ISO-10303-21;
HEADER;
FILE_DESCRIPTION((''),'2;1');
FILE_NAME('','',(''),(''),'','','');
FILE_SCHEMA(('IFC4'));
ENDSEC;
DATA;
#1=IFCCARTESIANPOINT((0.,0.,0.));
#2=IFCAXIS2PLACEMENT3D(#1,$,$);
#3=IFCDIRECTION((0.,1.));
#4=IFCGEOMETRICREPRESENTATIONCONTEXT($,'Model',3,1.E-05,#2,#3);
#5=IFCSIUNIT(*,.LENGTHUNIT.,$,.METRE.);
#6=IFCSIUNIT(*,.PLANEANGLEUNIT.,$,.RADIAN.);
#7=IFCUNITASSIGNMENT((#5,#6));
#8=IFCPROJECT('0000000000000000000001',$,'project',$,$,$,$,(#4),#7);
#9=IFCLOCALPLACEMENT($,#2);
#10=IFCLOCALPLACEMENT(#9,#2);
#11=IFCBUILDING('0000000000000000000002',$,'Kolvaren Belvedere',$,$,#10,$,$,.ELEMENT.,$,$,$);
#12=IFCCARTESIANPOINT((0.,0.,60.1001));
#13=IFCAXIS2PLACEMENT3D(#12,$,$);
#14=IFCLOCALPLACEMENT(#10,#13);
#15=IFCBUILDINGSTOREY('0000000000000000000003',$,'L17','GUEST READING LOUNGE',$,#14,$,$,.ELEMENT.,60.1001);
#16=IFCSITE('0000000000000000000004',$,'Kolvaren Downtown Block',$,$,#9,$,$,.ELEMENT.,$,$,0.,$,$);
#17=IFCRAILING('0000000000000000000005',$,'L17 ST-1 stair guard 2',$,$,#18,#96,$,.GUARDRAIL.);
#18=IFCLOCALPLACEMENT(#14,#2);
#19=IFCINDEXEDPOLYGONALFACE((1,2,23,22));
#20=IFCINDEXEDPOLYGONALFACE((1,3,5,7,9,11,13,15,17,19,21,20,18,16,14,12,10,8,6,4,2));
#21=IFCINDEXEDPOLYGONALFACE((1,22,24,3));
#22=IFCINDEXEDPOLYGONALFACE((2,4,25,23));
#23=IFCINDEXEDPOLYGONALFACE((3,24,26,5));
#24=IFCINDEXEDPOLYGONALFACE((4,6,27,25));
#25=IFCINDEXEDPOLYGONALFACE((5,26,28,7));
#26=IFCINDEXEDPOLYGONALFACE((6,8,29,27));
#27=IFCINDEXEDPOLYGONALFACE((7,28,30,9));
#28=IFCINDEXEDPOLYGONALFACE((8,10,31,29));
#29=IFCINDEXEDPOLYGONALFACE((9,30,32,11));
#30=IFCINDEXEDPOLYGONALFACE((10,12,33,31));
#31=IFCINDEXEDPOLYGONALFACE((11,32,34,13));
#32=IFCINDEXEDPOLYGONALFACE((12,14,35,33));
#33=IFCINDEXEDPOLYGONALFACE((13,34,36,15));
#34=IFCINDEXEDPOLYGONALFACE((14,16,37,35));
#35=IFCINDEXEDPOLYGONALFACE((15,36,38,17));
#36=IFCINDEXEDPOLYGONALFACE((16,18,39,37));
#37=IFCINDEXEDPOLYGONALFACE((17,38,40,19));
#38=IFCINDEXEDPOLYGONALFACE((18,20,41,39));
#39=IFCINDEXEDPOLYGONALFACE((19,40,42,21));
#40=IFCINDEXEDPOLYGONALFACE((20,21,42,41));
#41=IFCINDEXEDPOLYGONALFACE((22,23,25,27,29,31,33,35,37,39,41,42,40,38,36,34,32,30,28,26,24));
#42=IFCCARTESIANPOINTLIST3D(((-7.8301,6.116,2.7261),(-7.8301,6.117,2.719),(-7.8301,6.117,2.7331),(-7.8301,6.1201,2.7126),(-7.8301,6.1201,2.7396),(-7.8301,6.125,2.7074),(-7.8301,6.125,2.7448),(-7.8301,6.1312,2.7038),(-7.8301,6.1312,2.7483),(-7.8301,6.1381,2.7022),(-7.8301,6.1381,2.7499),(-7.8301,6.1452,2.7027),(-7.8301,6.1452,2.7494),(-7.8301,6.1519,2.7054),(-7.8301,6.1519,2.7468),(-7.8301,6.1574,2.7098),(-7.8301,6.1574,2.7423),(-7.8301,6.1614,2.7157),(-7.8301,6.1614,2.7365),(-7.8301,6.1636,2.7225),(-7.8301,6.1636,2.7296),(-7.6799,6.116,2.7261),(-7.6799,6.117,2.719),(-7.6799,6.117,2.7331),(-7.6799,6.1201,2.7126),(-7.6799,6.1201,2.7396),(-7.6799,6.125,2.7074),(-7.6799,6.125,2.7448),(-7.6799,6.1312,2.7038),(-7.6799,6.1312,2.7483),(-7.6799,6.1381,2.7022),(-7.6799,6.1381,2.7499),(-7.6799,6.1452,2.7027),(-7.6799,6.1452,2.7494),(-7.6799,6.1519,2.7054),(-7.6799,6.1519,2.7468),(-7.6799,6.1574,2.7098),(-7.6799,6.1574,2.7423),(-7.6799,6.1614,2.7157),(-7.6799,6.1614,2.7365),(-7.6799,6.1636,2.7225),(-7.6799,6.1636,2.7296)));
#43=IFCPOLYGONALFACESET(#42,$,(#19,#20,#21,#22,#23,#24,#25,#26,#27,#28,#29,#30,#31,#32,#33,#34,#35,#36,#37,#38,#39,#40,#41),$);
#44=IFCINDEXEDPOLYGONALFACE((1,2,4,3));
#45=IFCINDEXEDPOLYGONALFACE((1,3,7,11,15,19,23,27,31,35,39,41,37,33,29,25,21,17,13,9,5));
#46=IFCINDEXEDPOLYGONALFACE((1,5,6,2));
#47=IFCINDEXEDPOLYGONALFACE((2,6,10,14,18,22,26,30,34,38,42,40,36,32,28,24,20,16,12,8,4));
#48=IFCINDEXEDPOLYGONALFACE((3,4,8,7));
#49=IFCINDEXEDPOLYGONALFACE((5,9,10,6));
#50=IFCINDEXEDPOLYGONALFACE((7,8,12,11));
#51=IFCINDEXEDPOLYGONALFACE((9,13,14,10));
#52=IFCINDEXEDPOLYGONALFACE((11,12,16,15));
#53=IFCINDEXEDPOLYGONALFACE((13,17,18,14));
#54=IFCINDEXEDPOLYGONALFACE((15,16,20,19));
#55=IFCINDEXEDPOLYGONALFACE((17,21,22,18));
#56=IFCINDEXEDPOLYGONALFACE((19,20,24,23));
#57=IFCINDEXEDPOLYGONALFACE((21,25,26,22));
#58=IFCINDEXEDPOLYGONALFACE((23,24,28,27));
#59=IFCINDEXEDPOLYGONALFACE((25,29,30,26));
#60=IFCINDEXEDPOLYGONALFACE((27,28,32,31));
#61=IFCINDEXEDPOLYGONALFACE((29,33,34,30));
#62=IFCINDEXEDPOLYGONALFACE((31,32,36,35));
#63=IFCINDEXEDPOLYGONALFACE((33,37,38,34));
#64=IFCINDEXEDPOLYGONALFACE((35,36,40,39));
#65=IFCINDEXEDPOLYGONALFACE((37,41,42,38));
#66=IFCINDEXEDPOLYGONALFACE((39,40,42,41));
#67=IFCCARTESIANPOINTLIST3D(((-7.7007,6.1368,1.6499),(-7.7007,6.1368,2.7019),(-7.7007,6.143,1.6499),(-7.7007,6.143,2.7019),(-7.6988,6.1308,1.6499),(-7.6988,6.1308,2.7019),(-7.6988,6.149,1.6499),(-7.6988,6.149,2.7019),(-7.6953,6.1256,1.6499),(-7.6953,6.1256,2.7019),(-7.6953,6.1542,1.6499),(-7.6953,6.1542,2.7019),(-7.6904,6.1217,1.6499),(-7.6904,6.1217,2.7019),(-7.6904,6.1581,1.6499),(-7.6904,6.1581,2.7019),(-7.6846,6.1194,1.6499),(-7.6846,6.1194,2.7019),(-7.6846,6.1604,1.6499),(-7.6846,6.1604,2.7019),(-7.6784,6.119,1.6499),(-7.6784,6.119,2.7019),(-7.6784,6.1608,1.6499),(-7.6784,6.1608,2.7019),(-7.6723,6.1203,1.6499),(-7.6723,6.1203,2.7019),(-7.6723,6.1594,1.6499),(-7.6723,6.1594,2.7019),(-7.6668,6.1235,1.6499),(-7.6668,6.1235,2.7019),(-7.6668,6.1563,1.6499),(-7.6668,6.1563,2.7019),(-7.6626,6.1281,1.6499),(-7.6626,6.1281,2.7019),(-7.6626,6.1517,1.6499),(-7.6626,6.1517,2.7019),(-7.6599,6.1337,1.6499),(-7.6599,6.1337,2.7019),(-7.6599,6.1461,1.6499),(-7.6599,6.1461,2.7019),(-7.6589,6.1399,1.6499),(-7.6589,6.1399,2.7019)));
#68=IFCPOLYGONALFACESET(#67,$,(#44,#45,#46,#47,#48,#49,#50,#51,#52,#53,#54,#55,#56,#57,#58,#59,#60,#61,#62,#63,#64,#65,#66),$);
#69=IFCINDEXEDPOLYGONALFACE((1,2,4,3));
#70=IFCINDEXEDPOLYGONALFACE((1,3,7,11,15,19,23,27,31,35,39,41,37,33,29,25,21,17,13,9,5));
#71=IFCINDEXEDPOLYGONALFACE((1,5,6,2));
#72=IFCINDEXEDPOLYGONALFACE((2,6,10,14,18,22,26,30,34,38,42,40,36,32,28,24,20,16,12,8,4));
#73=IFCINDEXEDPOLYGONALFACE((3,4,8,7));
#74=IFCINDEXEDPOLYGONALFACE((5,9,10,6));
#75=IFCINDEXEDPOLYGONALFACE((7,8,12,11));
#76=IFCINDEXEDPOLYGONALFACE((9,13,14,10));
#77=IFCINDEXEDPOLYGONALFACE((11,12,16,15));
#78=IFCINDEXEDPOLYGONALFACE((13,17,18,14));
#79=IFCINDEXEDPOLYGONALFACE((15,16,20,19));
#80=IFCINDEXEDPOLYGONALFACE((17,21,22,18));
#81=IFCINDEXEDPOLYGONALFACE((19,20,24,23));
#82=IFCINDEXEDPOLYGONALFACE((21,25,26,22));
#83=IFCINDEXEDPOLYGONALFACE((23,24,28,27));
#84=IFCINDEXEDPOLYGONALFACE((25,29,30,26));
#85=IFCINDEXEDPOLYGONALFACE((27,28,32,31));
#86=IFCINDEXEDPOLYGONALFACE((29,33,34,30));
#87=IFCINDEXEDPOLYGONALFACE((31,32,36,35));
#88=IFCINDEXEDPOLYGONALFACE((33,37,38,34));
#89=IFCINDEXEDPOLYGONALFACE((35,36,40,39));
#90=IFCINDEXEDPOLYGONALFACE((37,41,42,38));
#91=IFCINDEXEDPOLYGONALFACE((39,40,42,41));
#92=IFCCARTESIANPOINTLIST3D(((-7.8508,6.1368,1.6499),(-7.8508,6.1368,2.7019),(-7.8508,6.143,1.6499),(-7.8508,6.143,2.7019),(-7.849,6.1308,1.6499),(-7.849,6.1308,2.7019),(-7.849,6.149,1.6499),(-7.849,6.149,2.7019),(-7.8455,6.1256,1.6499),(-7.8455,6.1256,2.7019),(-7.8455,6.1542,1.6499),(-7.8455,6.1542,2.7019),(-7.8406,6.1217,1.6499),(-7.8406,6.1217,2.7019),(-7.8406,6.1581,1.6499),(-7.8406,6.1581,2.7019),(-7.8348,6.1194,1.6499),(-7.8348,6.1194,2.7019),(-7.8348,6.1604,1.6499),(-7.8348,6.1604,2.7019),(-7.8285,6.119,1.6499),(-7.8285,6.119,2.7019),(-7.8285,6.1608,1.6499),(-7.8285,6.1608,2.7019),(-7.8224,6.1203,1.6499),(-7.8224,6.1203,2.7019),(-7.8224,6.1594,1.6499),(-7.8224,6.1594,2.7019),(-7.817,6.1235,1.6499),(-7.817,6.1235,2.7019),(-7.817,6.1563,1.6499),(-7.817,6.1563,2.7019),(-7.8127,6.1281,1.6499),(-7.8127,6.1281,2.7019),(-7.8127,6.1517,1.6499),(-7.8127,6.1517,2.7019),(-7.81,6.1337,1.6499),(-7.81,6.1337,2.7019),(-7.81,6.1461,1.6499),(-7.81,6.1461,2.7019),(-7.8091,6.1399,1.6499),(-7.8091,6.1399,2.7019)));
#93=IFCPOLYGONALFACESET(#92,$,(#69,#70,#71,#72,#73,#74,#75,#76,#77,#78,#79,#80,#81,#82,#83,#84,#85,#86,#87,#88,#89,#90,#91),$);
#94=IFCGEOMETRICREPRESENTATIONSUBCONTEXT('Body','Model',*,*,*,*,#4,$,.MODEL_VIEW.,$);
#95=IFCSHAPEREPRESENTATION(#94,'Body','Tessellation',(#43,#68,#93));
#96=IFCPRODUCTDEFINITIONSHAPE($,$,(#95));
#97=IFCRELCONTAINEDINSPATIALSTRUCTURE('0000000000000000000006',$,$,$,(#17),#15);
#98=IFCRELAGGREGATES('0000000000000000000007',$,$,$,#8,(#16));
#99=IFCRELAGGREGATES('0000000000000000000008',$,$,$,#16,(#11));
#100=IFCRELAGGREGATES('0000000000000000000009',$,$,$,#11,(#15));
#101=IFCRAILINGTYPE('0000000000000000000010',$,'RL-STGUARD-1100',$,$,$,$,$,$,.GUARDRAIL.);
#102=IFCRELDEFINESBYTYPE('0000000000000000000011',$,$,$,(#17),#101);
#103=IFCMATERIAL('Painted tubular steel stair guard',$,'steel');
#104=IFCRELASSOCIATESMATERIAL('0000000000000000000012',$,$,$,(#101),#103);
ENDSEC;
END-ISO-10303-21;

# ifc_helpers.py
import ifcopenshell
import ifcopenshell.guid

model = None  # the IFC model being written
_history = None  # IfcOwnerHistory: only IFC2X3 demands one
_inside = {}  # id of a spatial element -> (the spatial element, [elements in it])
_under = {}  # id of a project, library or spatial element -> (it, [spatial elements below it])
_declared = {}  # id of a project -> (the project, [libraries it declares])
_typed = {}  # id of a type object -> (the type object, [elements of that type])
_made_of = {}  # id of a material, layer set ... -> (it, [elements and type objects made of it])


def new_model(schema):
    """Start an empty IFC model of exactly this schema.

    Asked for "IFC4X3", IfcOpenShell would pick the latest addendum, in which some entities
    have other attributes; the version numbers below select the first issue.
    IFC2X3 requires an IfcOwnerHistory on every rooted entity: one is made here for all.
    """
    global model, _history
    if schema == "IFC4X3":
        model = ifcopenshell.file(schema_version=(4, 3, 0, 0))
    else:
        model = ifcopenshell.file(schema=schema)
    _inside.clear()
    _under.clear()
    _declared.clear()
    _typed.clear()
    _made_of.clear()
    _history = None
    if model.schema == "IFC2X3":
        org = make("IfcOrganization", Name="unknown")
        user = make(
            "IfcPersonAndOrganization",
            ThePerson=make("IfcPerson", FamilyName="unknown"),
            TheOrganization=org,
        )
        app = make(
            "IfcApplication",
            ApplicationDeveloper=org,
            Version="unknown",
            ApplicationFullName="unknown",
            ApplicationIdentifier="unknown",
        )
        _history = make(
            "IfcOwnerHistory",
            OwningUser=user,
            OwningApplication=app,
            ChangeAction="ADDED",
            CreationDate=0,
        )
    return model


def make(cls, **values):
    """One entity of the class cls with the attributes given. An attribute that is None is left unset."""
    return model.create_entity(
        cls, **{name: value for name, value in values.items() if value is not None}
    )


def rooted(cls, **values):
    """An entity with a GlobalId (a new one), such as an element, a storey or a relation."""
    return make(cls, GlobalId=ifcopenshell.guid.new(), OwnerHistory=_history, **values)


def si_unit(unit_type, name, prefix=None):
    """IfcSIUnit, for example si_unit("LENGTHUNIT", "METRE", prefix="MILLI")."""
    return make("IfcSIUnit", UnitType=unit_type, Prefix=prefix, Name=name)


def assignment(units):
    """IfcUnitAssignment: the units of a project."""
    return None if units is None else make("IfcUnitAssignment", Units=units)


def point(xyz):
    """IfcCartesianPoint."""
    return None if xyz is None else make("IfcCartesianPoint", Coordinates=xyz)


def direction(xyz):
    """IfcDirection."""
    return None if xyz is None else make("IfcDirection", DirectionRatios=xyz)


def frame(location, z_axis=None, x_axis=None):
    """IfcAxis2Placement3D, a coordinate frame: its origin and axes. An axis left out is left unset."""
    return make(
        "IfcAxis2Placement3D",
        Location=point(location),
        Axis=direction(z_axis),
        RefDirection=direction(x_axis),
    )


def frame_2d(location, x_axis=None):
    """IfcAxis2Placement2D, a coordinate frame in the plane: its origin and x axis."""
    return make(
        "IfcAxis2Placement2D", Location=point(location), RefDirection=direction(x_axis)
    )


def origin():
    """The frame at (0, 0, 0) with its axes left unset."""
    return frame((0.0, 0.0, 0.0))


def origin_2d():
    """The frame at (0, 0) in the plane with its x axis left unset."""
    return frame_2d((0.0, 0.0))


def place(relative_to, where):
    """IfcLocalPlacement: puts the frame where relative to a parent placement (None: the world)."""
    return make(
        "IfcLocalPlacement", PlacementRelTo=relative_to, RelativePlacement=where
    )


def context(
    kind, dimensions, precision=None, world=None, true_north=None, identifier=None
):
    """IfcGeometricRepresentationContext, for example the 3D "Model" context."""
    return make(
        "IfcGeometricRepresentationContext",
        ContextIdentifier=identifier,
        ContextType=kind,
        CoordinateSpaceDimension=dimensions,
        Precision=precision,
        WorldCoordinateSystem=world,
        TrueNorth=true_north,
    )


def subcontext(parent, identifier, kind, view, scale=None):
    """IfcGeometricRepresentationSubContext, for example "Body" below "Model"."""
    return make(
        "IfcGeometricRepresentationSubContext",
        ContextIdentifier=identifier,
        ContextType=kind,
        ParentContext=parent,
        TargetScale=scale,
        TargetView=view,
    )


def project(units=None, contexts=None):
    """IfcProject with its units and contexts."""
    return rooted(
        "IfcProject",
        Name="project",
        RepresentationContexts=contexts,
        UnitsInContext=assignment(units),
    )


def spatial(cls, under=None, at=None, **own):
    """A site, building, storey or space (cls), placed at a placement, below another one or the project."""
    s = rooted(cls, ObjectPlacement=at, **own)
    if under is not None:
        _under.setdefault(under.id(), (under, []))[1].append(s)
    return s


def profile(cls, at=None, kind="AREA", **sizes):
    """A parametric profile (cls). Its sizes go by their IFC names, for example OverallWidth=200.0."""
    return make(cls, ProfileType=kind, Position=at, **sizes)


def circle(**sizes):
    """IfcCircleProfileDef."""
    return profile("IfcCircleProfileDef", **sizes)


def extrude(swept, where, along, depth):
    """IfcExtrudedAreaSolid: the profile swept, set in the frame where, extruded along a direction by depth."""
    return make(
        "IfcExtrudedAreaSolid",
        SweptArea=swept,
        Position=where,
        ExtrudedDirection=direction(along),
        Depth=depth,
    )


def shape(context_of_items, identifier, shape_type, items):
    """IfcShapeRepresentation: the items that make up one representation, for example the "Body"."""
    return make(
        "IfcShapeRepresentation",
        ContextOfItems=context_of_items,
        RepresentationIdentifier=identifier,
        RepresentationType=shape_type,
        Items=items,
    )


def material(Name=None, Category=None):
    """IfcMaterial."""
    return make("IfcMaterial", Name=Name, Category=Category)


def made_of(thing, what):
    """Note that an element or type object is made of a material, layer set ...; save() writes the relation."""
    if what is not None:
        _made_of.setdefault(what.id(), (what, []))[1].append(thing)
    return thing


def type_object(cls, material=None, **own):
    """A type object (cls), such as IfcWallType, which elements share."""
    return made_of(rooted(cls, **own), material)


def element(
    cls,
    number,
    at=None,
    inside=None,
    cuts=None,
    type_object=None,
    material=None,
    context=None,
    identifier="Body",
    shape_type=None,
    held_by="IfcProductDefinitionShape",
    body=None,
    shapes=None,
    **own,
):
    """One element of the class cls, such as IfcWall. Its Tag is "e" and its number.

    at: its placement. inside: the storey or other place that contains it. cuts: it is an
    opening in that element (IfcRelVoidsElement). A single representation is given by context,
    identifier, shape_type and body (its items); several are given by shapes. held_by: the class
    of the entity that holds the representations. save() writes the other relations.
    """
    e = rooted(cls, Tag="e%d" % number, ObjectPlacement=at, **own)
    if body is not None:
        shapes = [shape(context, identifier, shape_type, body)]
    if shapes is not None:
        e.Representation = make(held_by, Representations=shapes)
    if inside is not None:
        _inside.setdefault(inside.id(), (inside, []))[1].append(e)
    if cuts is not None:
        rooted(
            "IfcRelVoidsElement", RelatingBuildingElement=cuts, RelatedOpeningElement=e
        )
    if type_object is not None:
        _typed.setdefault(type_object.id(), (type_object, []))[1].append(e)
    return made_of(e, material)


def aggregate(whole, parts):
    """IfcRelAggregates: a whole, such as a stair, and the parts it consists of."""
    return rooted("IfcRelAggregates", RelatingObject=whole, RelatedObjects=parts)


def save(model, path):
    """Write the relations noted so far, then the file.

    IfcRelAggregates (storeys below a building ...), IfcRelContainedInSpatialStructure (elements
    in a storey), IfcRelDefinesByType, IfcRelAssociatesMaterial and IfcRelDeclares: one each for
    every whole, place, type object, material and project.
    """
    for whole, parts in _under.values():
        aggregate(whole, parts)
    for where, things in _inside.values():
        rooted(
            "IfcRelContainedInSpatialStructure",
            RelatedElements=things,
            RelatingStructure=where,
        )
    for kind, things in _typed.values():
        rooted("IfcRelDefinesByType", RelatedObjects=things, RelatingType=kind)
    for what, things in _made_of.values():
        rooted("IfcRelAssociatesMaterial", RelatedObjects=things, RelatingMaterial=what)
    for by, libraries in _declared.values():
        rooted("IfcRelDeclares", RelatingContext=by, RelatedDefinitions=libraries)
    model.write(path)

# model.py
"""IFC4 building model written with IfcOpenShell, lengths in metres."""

from ifc_helpers import new_model, si_unit, direction, frame, origin, origin_2d, place, context, subcontext, project, spatial, circle, extrude, material, type_object, element, save


model = new_model("IFC4")

# Units and contexts
model_context = context("Model", 3, precision=1e-05, world=origin(), true_north=direction((0.0, 1.0)))
body_context = subcontext(model_context, "Body", "Model", "MODEL_VIEW")
ifc_project = project(units=[si_unit("LENGTHUNIT", "METRE"), si_unit("PLANEANGLEUNIT", "RADIAN")], contexts=[model_context])

# Site, building, storey
site_placement = place(None, origin())
site = spatial("IfcSite", under=ifc_project, at=site_placement, Name="Kolvaren Downtown Block", CompositionType="ELEMENT", RefElevation=0.0)
building_placement = place(site_placement, origin())
building = spatial("IfcBuilding", under=site, at=building_placement, Name="Kolvaren Belvedere", CompositionType="ELEMENT")
storey_placement = place(building_placement, frame((0.0, 0.0, 60.1001)))
storey = spatial("IfcBuildingStorey", under=building, at=storey_placement, Name="L17", Description="GUEST READING LOUNGE", CompositionType="ELEMENT", Elevation=60.1001)

# Railing
ifc_material_1 = material(Name="Painted tubular steel stair guard", Category="steel")
railing_type_1 = type_object("IfcRailingType", Name="RL-STGUARD-1100", PredefinedType="GUARDRAIL", material=ifc_material_1)
railing_1_placement = place(storey_placement, frame((-7.6799, 6.1399, 1.6499)))
element("IfcRailing", 1, at=railing_1_placement, inside=storey, type_object=railing_type_1, Name="L17 ST-1 stair guard 2", PredefinedType="GUARDRAIL", context=body_context, shape_type="SweptSolid", body=[
    extrude(circle(Radius=0.0239, at=origin_2d()), frame((0.0, 0.0, 1.0762), z_axis=(-1.0, 0.0, 0.0), x_axis=(0.0, -1.0, 0.0)), (0.0, 0.0, 1.0), 0.1501),
    extrude(circle(Radius=0.021, at=origin_2d()), origin(), (0.0, 0.0, 1.0), 1.052),
    extrude(circle(Radius=0.021, at=origin_2d()), frame((-0.1501, 0.0, 0.0)), (0.0, 0.0, 1.0), 1.052),
])

save(model, "model.ifc")
